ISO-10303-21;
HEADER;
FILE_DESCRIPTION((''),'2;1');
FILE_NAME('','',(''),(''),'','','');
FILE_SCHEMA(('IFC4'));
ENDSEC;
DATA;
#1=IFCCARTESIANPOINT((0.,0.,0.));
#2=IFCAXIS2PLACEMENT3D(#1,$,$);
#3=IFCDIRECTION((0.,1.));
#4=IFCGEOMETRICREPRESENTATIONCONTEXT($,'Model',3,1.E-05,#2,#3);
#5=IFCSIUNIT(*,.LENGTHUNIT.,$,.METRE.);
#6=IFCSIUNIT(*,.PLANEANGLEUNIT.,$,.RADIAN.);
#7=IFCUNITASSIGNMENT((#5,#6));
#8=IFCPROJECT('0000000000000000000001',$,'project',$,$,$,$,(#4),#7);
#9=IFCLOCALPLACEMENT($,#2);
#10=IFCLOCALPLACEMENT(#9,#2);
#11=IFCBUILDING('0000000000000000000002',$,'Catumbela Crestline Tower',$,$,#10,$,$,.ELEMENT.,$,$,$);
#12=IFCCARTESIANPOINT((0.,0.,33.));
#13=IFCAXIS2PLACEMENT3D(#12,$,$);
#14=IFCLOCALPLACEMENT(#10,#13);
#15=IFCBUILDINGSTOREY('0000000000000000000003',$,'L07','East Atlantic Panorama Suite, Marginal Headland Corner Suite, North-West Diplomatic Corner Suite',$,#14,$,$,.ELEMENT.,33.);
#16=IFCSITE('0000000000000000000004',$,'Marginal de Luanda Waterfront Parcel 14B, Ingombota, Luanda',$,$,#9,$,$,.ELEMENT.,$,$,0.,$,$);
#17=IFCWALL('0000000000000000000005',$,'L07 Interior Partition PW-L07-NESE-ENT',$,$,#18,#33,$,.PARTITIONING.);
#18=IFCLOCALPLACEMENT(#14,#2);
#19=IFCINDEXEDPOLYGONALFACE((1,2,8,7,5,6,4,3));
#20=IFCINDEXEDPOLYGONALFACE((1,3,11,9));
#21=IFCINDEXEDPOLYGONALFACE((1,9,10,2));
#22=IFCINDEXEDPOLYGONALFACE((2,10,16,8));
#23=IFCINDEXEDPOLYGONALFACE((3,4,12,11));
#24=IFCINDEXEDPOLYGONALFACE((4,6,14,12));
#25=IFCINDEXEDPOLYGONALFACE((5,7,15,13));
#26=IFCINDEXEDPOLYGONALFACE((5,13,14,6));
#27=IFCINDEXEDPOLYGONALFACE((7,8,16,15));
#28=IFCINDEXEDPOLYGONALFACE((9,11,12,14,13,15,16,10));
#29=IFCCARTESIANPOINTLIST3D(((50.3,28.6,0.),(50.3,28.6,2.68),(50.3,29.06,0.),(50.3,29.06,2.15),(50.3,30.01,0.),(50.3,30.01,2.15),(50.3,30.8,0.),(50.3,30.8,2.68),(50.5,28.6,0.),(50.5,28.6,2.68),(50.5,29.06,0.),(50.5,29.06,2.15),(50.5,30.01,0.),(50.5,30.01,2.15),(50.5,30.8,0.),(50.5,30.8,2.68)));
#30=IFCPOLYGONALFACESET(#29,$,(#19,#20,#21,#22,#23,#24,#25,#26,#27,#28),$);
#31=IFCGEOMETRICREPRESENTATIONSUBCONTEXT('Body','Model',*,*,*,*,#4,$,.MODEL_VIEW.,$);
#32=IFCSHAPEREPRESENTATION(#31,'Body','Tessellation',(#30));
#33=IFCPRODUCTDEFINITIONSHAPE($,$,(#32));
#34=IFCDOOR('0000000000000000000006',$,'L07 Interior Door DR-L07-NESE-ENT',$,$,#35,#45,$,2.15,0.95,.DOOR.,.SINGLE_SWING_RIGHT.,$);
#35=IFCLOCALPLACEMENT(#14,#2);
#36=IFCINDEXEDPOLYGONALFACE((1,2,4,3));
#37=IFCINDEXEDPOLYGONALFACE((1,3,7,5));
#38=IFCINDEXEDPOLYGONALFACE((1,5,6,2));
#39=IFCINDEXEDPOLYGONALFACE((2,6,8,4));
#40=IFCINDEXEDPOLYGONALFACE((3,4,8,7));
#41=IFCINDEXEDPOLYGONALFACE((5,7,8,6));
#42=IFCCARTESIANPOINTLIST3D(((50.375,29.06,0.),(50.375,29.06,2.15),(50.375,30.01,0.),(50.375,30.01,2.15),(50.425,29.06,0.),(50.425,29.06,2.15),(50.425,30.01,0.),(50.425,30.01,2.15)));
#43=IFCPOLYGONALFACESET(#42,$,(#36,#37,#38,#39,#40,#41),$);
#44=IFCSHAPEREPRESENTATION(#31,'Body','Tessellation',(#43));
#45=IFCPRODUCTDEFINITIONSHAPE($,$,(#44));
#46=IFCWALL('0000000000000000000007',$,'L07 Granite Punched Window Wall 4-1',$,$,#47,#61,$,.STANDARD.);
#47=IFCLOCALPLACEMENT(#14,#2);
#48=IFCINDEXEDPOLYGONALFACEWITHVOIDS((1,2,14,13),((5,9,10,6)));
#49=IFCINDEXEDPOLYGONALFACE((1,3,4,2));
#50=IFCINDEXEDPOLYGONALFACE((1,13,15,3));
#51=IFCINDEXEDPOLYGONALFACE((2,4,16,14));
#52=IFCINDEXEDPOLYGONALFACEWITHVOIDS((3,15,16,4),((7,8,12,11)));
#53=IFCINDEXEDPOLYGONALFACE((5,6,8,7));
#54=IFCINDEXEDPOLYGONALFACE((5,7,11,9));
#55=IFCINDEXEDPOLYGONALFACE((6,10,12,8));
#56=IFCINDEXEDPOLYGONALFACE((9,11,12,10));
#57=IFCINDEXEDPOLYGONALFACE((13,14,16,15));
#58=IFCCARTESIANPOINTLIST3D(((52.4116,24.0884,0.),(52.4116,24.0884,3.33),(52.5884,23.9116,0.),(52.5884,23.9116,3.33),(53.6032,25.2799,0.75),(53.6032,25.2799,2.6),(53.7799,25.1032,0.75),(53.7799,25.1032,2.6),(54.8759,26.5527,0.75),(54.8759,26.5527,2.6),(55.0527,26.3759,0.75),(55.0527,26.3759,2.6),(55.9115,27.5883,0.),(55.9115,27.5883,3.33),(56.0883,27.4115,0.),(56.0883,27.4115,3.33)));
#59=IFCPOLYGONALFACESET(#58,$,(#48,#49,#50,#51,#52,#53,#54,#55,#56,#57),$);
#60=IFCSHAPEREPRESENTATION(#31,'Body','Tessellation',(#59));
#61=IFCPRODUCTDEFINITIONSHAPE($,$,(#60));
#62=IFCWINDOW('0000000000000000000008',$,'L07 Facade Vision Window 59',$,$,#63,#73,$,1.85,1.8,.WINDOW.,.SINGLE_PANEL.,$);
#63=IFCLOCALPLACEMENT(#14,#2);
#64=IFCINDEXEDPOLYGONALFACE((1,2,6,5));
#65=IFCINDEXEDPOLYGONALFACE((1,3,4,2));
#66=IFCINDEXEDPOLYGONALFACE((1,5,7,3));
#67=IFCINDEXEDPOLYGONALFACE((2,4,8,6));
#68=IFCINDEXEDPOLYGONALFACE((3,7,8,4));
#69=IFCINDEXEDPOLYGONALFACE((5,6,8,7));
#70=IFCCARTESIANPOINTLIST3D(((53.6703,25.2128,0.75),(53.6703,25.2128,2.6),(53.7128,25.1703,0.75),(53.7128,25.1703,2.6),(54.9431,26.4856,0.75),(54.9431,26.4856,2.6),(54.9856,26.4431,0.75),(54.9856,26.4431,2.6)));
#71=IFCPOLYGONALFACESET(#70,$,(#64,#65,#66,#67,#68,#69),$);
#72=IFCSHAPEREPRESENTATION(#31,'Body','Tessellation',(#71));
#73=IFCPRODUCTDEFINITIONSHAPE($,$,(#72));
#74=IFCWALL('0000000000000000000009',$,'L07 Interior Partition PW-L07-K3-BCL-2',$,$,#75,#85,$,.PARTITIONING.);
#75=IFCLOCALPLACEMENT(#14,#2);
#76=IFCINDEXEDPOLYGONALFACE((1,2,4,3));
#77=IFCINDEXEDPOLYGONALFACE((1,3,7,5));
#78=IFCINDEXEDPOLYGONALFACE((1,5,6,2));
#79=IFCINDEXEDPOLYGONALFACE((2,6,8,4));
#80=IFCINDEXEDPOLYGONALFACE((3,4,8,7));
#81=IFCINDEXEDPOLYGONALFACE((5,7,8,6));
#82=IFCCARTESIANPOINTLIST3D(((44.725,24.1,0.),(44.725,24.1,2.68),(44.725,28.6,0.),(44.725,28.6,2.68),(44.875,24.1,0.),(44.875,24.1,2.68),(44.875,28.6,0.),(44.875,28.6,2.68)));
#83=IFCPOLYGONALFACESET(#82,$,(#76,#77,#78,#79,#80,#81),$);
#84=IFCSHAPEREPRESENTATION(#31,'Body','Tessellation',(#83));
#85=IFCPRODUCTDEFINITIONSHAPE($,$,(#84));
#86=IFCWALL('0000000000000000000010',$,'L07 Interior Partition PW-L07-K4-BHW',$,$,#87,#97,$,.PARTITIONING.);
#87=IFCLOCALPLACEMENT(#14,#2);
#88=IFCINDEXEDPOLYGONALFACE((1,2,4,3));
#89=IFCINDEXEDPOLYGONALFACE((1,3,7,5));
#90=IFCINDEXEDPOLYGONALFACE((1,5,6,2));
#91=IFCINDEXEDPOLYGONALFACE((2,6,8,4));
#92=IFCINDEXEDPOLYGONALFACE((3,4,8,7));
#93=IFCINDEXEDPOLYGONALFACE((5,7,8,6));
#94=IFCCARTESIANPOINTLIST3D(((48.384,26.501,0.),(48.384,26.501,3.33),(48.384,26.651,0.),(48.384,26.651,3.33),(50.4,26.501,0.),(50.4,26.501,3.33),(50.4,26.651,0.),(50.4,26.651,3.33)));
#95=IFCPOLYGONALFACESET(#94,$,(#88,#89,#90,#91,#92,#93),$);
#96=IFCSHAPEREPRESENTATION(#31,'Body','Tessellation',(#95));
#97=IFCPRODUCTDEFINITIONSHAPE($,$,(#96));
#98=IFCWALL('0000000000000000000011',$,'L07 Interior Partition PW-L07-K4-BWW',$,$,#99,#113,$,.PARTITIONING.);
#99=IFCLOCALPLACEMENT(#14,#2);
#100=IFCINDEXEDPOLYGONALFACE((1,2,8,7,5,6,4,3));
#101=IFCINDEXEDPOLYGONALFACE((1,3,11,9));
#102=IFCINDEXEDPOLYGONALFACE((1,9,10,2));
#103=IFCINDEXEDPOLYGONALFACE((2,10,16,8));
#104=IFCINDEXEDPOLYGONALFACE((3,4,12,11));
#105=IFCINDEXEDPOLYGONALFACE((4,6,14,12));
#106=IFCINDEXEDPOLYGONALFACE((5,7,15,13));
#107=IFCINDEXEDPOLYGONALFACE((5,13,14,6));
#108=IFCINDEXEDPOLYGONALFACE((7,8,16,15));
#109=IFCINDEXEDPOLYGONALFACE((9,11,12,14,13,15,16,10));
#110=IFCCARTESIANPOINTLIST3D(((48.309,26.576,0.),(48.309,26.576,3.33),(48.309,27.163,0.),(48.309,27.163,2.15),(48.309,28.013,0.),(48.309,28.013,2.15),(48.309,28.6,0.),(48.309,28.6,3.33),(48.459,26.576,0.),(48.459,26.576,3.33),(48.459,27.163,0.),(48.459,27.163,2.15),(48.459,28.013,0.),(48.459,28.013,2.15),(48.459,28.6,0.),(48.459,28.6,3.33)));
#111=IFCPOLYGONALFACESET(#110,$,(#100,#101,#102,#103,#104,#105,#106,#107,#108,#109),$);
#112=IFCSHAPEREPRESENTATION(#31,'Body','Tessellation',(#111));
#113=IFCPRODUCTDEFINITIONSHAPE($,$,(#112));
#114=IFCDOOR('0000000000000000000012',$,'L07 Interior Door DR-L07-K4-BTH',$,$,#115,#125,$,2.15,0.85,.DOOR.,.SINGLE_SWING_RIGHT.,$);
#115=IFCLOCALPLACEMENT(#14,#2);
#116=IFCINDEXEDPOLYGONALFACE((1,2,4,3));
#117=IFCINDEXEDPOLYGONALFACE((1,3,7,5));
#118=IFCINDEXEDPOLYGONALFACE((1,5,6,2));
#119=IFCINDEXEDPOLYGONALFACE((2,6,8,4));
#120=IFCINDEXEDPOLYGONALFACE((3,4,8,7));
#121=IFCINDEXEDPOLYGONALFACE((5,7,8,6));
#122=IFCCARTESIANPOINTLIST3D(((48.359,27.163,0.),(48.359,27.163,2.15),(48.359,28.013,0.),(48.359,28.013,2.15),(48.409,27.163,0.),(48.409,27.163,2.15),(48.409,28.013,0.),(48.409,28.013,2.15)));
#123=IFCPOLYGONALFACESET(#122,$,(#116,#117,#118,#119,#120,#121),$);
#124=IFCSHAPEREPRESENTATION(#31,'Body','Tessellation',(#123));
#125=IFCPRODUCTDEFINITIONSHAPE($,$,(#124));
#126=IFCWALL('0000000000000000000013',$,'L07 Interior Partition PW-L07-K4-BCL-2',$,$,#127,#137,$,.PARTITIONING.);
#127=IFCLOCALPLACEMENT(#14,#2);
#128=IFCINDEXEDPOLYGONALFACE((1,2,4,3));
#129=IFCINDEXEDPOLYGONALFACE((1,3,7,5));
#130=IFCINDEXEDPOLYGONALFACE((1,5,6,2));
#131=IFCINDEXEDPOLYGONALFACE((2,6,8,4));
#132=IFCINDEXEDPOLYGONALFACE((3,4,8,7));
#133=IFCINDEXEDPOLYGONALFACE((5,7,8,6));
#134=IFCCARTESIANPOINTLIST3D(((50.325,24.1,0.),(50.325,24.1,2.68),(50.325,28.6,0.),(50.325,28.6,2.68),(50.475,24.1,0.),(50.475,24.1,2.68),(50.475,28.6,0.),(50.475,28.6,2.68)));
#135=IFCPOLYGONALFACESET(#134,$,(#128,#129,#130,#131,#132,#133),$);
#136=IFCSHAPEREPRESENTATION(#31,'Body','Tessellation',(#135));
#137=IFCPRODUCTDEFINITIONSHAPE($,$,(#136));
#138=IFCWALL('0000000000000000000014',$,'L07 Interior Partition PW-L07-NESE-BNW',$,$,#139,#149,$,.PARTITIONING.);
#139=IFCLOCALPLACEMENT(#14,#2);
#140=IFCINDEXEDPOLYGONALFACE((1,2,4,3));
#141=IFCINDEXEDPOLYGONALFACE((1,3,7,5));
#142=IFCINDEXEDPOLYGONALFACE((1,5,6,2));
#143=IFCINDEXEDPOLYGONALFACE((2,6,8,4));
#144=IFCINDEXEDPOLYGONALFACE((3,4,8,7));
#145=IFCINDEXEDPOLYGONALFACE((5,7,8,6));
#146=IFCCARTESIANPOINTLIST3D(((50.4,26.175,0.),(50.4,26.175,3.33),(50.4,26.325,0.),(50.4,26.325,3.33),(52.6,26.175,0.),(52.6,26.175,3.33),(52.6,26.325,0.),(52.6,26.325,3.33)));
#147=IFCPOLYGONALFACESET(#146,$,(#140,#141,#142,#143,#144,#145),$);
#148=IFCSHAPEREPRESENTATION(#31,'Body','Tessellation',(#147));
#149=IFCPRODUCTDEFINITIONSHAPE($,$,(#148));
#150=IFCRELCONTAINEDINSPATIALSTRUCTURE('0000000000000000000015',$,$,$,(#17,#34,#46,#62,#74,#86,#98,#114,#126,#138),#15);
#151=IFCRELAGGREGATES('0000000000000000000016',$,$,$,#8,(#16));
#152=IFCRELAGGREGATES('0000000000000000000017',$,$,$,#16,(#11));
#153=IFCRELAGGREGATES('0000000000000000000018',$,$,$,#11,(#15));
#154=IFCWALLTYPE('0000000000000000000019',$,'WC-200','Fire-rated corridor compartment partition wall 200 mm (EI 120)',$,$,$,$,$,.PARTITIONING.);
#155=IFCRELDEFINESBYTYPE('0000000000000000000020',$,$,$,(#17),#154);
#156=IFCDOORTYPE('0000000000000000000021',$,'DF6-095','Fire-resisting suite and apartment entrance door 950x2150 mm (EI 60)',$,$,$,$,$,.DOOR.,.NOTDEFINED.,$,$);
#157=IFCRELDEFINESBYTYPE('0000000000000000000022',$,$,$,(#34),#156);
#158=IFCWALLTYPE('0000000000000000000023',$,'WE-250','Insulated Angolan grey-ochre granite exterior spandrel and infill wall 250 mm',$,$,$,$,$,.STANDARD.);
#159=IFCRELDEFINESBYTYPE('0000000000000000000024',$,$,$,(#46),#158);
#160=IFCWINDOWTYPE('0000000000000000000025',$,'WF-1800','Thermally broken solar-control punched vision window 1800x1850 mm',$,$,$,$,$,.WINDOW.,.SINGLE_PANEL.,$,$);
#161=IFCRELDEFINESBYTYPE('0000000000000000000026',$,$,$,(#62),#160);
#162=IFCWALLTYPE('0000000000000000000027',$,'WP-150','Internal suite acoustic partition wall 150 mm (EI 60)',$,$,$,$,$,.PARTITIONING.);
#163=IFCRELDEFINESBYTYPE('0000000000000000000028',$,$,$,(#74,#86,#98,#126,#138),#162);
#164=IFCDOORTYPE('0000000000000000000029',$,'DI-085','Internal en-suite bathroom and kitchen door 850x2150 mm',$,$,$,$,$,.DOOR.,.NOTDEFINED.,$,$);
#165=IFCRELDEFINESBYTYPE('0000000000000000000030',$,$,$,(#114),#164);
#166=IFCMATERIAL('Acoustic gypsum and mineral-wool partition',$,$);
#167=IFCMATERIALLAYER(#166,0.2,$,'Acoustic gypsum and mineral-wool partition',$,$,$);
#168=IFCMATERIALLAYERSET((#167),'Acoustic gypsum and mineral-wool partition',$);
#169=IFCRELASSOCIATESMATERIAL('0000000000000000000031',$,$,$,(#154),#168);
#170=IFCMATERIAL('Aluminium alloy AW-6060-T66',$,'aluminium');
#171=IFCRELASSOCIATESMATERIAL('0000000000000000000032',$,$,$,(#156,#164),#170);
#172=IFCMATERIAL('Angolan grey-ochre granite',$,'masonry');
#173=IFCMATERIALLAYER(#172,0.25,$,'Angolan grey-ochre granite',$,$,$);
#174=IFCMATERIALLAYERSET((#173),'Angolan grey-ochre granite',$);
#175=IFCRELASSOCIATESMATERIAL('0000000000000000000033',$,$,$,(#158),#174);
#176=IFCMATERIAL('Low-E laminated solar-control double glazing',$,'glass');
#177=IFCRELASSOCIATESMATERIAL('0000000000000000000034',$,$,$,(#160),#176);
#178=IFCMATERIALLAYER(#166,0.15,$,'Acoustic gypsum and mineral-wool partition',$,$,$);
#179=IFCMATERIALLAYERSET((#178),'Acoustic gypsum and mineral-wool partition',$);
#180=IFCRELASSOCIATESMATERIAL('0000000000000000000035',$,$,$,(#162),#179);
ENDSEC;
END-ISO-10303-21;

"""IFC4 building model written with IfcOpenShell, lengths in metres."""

from ifc_helpers import new_model, si_unit, direction, frame, frame_2d, origin, place, context, subcontext, project, spatial, rectangle, extrude, material, layer, layer_set, type_object, element, fill, save


model = new_model("IFC4")

# Units and contexts
model_context = context("Model", 3, precision=1e-05, world=origin(), true_north=direction((0.0, 1.0)))
body_context = subcontext(model_context, "Body", "Model", "MODEL_VIEW")
ifc_project = project(units=[si_unit("LENGTHUNIT", "METRE"), si_unit("PLANEANGLEUNIT", "RADIAN")], contexts=[model_context])

# Site, building, storey
site_placement = place(None, origin())
site = spatial("IfcSite", under=ifc_project, at=site_placement, Name="Marginal de Luanda Waterfront Parcel 14B, Ingombota, Luanda", CompositionType="ELEMENT", RefElevation=0.0)
building_placement = place(site_placement, origin())
building = spatial("IfcBuilding", under=site, at=building_placement, Name="Catumbela Crestline Tower", CompositionType="ELEMENT")
storey_placement = place(building_placement, frame((0.0, 0.0, 33.0)))
storey = spatial("IfcBuildingStorey", under=building, at=storey_placement, Name="L07", Description="East Atlantic Panorama Suite, Marginal Headland Corner Suite, North-West Diplomatic Corner Suite", CompositionType="ELEMENT", Elevation=33.0)

# Shared definitions
ifc_material_1 = material(Name="Aluminium alloy AW-6060-T66", Category="aluminium")

# Shared definitions
ifc_material_2 = material(Name="Low-E laminated solar-control double glazing", Category="glass")

# Wall, opening, door
ifc_material_3 = material(Name="Acoustic gypsum and mineral-wool partition")
ifc_layer_1 = layer(ifc_material_3, 0.2, Name="Acoustic gypsum and mineral-wool partition")
ifc_layer_set_1 = layer_set([ifc_layer_1], Name="Acoustic gypsum and mineral-wool partition")
wall_type_1 = type_object("IfcWallType", Name="WC-200", Description="Fire-rated corridor compartment partition wall 200 mm (EI 120)", PredefinedType="PARTITIONING", material=ifc_layer_set_1)
wall_1_placement = place(storey_placement, frame((50.4, 28.6, 0.0), z_axis=(0.0, 0.0, 1.0), x_axis=(0.0, 1.0, 0.0)))
wall_1 = element("IfcWall", 1, at=wall_1_placement, inside=storey, type_object=wall_type_1, Name="L07 Interior Partition PW-L07-NESE-ENT", PredefinedType="PARTITIONING", context=body_context, shape_type="SweptSolid", body=[
    extrude(rectangle(XDim=2.2, YDim=0.2, at=frame_2d((1.1, 0.0))), origin(), (0.0, 0.0, 1.0), 2.68),
])
opening_1_placement = place(wall_1_placement, frame((0.46, 0.0, 0.0)))
opening_1 = element("IfcOpeningElement", 2, at=opening_1_placement, cuts=wall_1, PredefinedType="OPENING", context=body_context, shape_type="SweptSolid", body=[
    extrude(rectangle(XDim=0.95, YDim=2.15, at=frame_2d((0.475, 1.075))), frame((0.0, 0.11, 0.0), z_axis=(0.0, -1.0, 0.0), x_axis=(1.0, 0.0, 0.0)), (0.0, 0.0, 1.0), 0.22),
])
door_type_1 = type_object("IfcDoorType", Name="DF6-095", Description="Fire-resisting suite and apartment entrance door 950x2150 mm (EI 60)", OperationType="NOTDEFINED", PredefinedType="DOOR", material=ifc_material_1)
door_1_placement = place(opening_1_placement, origin())
door_1 = element("IfcDoor", 3, at=door_1_placement, inside=storey, type_object=door_type_1, Name="L07 Interior Door DR-L07-NESE-ENT", OperationType="SINGLE_SWING_RIGHT", OverallHeight=2.15, OverallWidth=0.95, PredefinedType="DOOR", context=body_context, shape_type="SweptSolid", body=[
    extrude(rectangle(XDim=0.95, YDim=2.15, at=frame_2d((0.475, 1.075))), frame((0.0, 0.025, 0.0), z_axis=(0.0, -1.0, 0.0), x_axis=(1.0, 0.0, 0.0)), (0.0, 0.0, 1.0), 0.05),
])
fill(opening_1, door_1)

# Wall, opening, window
ifc_material_4 = material(Name="Angolan grey-ochre granite", Category="masonry")
ifc_layer_2 = layer(ifc_material_4, 0.25, Name="Angolan grey-ochre granite")
ifc_layer_set_2 = layer_set([ifc_layer_2], Name="Angolan grey-ochre granite")
wall_type_2 = type_object("IfcWallType", Name="WE-250", Description="Insulated Angolan grey-ochre granite exterior spandrel and infill wall 250 mm", PredefinedType="STANDARD", material=ifc_layer_set_2)
wall_2_placement = place(storey_placement, frame((52.5, 24.0, 0.0), z_axis=(0.0, 0.0, 1.0), x_axis=(0.707107, 0.707107, 0.0)))
wall_2 = element("IfcWall", 4, at=wall_2_placement, inside=storey, type_object=wall_type_2, Name="L07 Granite Punched Window Wall 4-1", PredefinedType="STANDARD", context=body_context, shape_type="SweptSolid", body=[
    extrude(rectangle(XDim=4.9497, YDim=0.25, at=frame_2d((2.4748, 0.0))), origin(), (0.0, 0.0, 1.0), 3.33),
])
opening_2_placement = place(wall_2_placement, frame((1.6851, 0.0, 0.75)))
opening_2 = element("IfcOpeningElement", 5, at=opening_2_placement, cuts=wall_2, PredefinedType="OPENING", context=body_context, shape_type="SweptSolid", body=[
    extrude(rectangle(XDim=1.8, YDim=1.85, at=frame_2d((0.9, 0.925))), frame((0.0, 0.135, 0.0), z_axis=(0.0, -1.0, 0.0), x_axis=(1.0, 0.0, 0.0)), (0.0, 0.0, 1.0), 0.27),
])
window_type = type_object("IfcWindowType", Name="WF-1800", Description="Thermally broken solar-control punched vision window 1800x1850 mm", PartitioningType="SINGLE_PANEL", PredefinedType="WINDOW", material=ifc_material_2)
window_placement = place(opening_2_placement, origin())
window = element("IfcWindow", 6, at=window_placement, inside=storey, type_object=window_type, Name="L07 Facade Vision Window 59", OverallHeight=1.85, OverallWidth=1.8, PartitioningType="SINGLE_PANEL", PredefinedType="WINDOW", context=body_context, shape_type="SweptSolid", body=[
    extrude(rectangle(XDim=1.8, YDim=1.85, at=frame_2d((0.9, 0.925))), frame((0.0, 0.03, 0.0), z_axis=(0.0, -1.0, 0.0), x_axis=(1.0, 0.0, 0.0)), (0.0, 0.0, 1.0), 0.06),
])
fill(opening_2, window)

# Walls
ifc_layer_3 = layer(ifc_material_3, 0.15, Name="Acoustic gypsum and mineral-wool partition")
ifc_layer_set_3 = layer_set([ifc_layer_3], Name="Acoustic gypsum and mineral-wool partition")
wall_type_3 = type_object("IfcWallType", Name="WP-150", Description="Internal suite acoustic partition wall 150 mm (EI 60)", PredefinedType="PARTITIONING", material=ifc_layer_set_3)
wall_3_placement = place(storey_placement, frame((44.8, 28.6, 0.0), z_axis=(0.0, 0.0, 1.0), x_axis=(0.0, -1.0, 0.0)))
element("IfcWall", 7, at=wall_3_placement, inside=storey, type_object=wall_type_3, Name="L07 Interior Partition PW-L07-K3-BCL-2", PredefinedType="PARTITIONING", context=body_context, shape_type="SweptSolid", body=[
    extrude(rectangle(XDim=4.5, YDim=0.15, at=frame_2d((2.25, 0.0))), origin(), (0.0, 0.0, 1.0), 2.68),
])
wall_4_placement = place(storey_placement, frame((48.384, 26.576, 0.0), z_axis=(0.0, 0.0, 1.0), x_axis=(1.0, 0.0, 0.0)))
element("IfcWall", 8, at=wall_4_placement, inside=storey, type_object=wall_type_3, Name="L07 Interior Partition PW-L07-K4-BHW", PredefinedType="PARTITIONING", context=body_context, shape_type="SweptSolid", body=[
    extrude(rectangle(XDim=2.016, YDim=0.15, at=frame_2d((1.008, 0.0))), origin(), (0.0, 0.0, 1.0), 3.33),
])

# Wall, opening, door
wall_5_placement = place(storey_placement, frame((48.384, 26.576, 0.0), z_axis=(0.0, 0.0, 1.0), x_axis=(0.0, 1.0, 0.0)))
wall_5 = element("IfcWall", 9, at=wall_5_placement, inside=storey, type_object=wall_type_3, Name="L07 Interior Partition PW-L07-K4-BWW", PredefinedType="PARTITIONING", context=body_context, shape_type="SweptSolid", body=[
    extrude(rectangle(XDim=2.024, YDim=0.15, at=frame_2d((1.012, 0.0))), origin(), (0.0, 0.0, 1.0), 3.33),
])
opening_3_placement = place(wall_5_placement, frame((0.587, 0.0, 0.0)))
opening_3 = element("IfcOpeningElement", 10, at=opening_3_placement, cuts=wall_5, PredefinedType="OPENING", context=body_context, shape_type="SweptSolid", body=[
    extrude(rectangle(XDim=0.85, YDim=2.15, at=frame_2d((0.425, 1.075))), frame((0.0, 0.085, 0.0), z_axis=(0.0, -1.0, 0.0), x_axis=(1.0, 0.0, 0.0)), (0.0, 0.0, 1.0), 0.17),
])
door_type_2 = type_object("IfcDoorType", Name="DI-085", Description="Internal en-suite bathroom and kitchen door 850x2150 mm", OperationType="NOTDEFINED", PredefinedType="DOOR", material=ifc_material_1)
door_2_placement = place(opening_3_placement, origin())
door_2 = element("IfcDoor", 11, at=door_2_placement, inside=storey, type_object=door_type_2, Name="L07 Interior Door DR-L07-K4-BTH", OperationType="SINGLE_SWING_RIGHT", OverallHeight=2.15, OverallWidth=0.85, PredefinedType="DOOR", context=body_context, shape_type="SweptSolid", body=[
    extrude(rectangle(XDim=0.85, YDim=2.15, at=frame_2d((0.425, 1.075))), frame((0.0, 0.025, 0.0), z_axis=(0.0, -1.0, 0.0), x_axis=(1.0, 0.0, 0.0)), (0.0, 0.0, 1.0), 0.05),
])
fill(opening_3, door_2)

# Walls
wall_6_placement = place(storey_placement, frame((50.4, 28.6, 0.0), z_axis=(0.0, 0.0, 1.0), x_axis=(0.0, -1.0, 0.0)))
element("IfcWall", 12, at=wall_6_placement, inside=storey, type_object=wall_type_3, Name="L07 Interior Partition PW-L07-K4-BCL-2", PredefinedType="PARTITIONING", context=body_context, shape_type="SweptSolid", body=[
    extrude(rectangle(XDim=4.5, YDim=0.15, at=frame_2d((2.25, 0.0))), origin(), (0.0, 0.0, 1.0), 2.68),
])
wall_7_placement = place(storey_placement, frame((50.4, 26.25, 0.0), z_axis=(0.0, 0.0, 1.0), x_axis=(1.0, 0.0, 0.0)))
element("IfcWall", 13, at=wall_7_placement, inside=storey, type_object=wall_type_3, Name="L07 Interior Partition PW-L07-NESE-BNW", PredefinedType="PARTITIONING", context=body_context, shape_type="SweptSolid", body=[
    extrude(rectangle(XDim=2.2, YDim=0.15, at=frame_2d((1.1, 0.0))), origin(), (0.0, 0.0, 1.0), 3.33),
])

save(model, "model.ifc")
